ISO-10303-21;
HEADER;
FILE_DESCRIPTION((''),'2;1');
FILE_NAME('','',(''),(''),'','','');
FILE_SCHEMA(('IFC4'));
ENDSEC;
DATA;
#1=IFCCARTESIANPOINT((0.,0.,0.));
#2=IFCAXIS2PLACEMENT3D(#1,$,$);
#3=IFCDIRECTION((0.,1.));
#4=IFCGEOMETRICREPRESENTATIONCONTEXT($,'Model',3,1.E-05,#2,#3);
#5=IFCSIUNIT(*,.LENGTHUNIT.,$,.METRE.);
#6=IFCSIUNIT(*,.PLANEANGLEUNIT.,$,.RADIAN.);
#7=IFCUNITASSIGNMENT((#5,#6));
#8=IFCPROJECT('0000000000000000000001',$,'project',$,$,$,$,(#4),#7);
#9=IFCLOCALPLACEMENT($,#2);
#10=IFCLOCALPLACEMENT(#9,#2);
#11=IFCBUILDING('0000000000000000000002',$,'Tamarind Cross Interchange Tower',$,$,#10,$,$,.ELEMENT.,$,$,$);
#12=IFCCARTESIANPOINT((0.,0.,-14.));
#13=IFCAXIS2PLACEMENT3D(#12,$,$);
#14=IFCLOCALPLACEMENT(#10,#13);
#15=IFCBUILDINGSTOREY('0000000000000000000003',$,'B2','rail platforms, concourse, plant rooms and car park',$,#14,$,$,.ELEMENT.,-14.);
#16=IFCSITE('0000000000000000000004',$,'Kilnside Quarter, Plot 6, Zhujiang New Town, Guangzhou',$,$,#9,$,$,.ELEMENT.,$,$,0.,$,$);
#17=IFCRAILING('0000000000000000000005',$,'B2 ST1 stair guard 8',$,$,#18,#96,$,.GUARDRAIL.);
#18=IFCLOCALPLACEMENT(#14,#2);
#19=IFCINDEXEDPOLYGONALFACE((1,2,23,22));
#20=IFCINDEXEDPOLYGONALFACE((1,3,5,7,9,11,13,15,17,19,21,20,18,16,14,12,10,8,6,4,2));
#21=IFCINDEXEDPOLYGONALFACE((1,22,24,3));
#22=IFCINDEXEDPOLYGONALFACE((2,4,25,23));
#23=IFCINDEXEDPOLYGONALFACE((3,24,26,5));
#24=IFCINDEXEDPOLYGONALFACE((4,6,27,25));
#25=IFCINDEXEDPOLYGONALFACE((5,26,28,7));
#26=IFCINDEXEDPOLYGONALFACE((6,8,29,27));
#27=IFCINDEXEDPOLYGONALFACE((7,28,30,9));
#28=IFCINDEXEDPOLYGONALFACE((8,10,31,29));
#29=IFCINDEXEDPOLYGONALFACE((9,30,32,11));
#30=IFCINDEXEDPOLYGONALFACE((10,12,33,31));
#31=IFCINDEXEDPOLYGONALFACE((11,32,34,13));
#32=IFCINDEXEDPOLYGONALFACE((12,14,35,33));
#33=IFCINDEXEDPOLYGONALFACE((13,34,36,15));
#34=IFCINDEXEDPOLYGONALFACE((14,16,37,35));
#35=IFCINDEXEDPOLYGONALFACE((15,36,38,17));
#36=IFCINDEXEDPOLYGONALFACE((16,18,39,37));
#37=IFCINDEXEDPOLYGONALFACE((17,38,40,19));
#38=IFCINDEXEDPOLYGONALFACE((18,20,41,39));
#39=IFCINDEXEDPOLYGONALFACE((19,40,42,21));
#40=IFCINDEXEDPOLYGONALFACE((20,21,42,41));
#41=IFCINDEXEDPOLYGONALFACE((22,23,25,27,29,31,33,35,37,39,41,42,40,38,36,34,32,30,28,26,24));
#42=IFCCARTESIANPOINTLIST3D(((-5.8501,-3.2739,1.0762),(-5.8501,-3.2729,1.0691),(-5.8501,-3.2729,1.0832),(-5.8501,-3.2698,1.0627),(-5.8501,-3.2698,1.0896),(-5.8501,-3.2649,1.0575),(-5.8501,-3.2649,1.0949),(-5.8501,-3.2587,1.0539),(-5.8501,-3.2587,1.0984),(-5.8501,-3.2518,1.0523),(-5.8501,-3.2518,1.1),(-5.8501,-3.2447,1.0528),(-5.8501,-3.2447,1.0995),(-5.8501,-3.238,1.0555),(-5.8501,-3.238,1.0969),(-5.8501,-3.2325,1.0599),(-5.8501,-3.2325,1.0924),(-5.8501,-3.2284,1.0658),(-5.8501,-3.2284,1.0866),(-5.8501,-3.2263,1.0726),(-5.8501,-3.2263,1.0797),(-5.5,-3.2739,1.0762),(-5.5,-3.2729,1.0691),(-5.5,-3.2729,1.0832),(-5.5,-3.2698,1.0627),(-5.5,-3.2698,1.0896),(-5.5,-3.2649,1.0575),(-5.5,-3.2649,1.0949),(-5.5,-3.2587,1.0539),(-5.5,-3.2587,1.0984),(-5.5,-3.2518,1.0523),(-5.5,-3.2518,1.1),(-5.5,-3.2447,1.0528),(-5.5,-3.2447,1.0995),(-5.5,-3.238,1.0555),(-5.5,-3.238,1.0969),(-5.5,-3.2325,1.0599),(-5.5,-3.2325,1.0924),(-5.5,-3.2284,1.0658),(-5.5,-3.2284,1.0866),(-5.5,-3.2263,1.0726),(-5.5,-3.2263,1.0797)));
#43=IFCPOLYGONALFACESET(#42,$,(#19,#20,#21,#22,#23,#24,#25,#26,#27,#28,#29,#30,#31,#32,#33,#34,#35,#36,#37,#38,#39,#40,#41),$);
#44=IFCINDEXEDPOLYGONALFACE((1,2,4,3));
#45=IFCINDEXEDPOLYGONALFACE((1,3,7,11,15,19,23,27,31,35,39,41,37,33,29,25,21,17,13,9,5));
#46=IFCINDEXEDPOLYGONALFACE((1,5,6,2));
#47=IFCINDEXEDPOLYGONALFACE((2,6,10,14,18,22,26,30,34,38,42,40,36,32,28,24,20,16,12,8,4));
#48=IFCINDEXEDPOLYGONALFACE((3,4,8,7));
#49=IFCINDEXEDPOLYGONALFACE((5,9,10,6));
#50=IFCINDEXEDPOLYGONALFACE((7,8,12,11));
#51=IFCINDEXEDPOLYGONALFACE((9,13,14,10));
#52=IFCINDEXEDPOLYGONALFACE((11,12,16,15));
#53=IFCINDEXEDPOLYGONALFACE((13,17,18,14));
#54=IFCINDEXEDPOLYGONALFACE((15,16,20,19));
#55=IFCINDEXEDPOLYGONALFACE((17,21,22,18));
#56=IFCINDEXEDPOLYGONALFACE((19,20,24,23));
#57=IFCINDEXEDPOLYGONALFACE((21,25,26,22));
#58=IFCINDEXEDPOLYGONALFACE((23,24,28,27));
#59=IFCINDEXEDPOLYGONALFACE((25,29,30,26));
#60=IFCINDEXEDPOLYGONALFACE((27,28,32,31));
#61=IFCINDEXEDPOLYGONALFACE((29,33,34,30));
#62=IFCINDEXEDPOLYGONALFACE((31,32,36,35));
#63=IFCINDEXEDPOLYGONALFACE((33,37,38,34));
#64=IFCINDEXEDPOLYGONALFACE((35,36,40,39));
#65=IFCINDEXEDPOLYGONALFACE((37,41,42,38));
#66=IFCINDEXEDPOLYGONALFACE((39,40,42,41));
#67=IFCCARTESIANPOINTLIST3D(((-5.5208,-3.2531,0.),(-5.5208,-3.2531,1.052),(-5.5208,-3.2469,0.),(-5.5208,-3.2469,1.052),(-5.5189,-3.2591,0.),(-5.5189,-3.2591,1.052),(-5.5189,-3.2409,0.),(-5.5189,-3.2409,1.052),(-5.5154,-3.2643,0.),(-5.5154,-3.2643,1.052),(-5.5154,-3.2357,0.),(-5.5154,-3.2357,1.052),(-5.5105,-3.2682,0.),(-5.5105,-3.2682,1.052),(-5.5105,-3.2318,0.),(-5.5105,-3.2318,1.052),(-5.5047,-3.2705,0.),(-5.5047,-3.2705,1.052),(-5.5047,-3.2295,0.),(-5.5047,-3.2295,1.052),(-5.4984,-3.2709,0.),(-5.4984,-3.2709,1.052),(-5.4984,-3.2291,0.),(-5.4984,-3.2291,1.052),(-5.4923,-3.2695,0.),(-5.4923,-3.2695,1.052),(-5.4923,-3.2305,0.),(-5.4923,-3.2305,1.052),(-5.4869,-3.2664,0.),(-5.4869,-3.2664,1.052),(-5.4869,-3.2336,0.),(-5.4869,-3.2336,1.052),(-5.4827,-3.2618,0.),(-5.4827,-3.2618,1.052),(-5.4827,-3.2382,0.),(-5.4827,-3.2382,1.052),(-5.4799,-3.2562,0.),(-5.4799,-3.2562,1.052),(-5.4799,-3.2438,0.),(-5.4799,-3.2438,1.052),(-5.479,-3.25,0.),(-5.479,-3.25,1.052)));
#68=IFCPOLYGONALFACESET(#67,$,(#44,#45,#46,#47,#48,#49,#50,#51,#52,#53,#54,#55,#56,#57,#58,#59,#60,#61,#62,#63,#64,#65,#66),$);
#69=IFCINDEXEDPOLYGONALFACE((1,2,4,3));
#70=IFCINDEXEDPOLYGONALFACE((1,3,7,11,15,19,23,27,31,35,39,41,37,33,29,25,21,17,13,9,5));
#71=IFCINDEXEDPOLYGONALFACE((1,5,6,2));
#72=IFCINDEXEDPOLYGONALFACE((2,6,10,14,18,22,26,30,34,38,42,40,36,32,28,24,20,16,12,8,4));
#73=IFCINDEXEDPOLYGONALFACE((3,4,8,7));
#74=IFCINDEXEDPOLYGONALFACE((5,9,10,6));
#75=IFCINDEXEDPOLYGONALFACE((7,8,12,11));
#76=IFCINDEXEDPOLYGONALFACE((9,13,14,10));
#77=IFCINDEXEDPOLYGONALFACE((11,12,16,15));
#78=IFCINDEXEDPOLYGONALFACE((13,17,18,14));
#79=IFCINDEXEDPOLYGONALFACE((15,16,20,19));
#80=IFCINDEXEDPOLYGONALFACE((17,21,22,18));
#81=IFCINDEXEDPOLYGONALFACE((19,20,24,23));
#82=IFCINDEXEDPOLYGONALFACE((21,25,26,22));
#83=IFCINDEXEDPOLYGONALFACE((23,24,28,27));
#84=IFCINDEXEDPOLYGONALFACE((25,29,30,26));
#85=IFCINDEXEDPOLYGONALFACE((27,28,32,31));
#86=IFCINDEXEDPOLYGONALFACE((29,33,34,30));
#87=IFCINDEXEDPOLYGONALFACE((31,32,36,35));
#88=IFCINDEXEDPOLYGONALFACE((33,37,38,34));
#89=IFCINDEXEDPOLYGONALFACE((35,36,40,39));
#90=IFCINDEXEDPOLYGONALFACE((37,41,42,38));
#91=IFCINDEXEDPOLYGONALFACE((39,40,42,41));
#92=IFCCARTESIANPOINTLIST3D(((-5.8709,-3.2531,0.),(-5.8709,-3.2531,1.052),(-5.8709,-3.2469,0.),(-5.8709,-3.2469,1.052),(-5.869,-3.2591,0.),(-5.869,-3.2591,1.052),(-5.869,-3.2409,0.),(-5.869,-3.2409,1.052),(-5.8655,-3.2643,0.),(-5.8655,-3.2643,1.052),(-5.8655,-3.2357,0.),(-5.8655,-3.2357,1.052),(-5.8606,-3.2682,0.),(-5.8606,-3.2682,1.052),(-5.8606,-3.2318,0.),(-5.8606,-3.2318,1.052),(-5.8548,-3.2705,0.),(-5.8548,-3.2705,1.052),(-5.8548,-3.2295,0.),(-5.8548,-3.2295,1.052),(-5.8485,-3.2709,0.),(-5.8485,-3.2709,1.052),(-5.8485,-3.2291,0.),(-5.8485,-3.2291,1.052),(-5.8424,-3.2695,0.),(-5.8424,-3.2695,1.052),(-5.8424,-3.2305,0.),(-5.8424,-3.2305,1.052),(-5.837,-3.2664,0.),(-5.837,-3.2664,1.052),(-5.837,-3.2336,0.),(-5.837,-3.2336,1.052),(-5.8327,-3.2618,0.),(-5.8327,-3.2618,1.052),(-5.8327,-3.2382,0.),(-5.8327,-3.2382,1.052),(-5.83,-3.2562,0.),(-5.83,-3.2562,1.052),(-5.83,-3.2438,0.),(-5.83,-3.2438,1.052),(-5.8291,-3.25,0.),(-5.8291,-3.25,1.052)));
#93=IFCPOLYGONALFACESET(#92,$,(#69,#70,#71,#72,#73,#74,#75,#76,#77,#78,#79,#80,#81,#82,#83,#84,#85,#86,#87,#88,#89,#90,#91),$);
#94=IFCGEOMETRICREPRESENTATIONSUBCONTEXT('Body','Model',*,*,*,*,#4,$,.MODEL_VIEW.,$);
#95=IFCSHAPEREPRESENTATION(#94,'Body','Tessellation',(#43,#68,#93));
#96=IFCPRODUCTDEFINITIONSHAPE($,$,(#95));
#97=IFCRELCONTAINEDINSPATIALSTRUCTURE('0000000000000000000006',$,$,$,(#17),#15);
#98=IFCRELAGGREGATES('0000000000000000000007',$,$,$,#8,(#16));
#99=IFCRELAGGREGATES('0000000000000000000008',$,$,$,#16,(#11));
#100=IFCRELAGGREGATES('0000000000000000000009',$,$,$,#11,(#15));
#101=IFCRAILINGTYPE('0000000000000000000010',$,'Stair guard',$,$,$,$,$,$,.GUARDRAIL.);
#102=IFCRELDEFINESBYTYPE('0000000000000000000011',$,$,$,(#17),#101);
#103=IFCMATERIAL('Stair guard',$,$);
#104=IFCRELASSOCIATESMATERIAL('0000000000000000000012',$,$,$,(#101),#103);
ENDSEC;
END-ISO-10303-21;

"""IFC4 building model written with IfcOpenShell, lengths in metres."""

from ifc_helpers import new_model, si_unit, direction, frame, origin, origin_2d, place, context, subcontext, project, spatial, circle, extrude, material, type_object, element, save


model = new_model("IFC4")

# Units and contexts
model_context = context("Model", 3, precision=1e-05, world=origin(), true_north=direction((0.0, 1.0)))
body_context = subcontext(model_context, "Body", "Model", "MODEL_VIEW")
ifc_project = project(units=[si_unit("LENGTHUNIT", "METRE"), si_unit("PLANEANGLEUNIT", "RADIAN")], contexts=[model_context])

# Site, building, storey
site_placement = place(None, origin())
site = spatial("IfcSite", under=ifc_project, at=site_placement, Name="Kilnside Quarter, Plot 6, Zhujiang New Town, Guangzhou", CompositionType="ELEMENT", RefElevation=0.0)
building_placement = place(site_placement, origin())
building = spatial("IfcBuilding", under=site, at=building_placement, Name="Tamarind Cross Interchange Tower", CompositionType="ELEMENT")
storey_placement = place(building_placement, frame((0.0, 0.0, -14.0)))
storey = spatial("IfcBuildingStorey", under=building, at=storey_placement, Name="B2", Description="rail platforms, concourse, plant rooms and car park", CompositionType="ELEMENT", Elevation=-14.0)

# Railing
ifc_material_1 = material(Name="Stair guard")
railing_type_1 = type_object("IfcRailingType", Name="Stair guard", PredefinedType="GUARDRAIL", material=ifc_material_1)
railing_1_placement = place(storey_placement, frame((-5.5, -3.25, 0.0)))
element("IfcRailing", 1, at=railing_1_placement, inside=storey, type_object=railing_type_1, Name="B2 ST1 stair guard 8", PredefinedType="GUARDRAIL", context=body_context, shape_type="SweptSolid", body=[
    extrude(circle(Radius=0.0239, at=origin_2d()), frame((0.0, 0.0, 1.0762), z_axis=(-1.0, 0.0, 0.0), x_axis=(0.0, -1.0, 0.0)), (0.0, 0.0, 1.0), 0.3501),
    extrude(circle(Radius=0.021, at=origin_2d()), origin(), (0.0, 0.0, 1.0), 1.052),
    extrude(circle(Radius=0.021, at=origin_2d()), frame((-0.3501, 0.0, 0.0)), (0.0, 0.0, 1.0), 1.052),
])

save(model, "model.ifc")
